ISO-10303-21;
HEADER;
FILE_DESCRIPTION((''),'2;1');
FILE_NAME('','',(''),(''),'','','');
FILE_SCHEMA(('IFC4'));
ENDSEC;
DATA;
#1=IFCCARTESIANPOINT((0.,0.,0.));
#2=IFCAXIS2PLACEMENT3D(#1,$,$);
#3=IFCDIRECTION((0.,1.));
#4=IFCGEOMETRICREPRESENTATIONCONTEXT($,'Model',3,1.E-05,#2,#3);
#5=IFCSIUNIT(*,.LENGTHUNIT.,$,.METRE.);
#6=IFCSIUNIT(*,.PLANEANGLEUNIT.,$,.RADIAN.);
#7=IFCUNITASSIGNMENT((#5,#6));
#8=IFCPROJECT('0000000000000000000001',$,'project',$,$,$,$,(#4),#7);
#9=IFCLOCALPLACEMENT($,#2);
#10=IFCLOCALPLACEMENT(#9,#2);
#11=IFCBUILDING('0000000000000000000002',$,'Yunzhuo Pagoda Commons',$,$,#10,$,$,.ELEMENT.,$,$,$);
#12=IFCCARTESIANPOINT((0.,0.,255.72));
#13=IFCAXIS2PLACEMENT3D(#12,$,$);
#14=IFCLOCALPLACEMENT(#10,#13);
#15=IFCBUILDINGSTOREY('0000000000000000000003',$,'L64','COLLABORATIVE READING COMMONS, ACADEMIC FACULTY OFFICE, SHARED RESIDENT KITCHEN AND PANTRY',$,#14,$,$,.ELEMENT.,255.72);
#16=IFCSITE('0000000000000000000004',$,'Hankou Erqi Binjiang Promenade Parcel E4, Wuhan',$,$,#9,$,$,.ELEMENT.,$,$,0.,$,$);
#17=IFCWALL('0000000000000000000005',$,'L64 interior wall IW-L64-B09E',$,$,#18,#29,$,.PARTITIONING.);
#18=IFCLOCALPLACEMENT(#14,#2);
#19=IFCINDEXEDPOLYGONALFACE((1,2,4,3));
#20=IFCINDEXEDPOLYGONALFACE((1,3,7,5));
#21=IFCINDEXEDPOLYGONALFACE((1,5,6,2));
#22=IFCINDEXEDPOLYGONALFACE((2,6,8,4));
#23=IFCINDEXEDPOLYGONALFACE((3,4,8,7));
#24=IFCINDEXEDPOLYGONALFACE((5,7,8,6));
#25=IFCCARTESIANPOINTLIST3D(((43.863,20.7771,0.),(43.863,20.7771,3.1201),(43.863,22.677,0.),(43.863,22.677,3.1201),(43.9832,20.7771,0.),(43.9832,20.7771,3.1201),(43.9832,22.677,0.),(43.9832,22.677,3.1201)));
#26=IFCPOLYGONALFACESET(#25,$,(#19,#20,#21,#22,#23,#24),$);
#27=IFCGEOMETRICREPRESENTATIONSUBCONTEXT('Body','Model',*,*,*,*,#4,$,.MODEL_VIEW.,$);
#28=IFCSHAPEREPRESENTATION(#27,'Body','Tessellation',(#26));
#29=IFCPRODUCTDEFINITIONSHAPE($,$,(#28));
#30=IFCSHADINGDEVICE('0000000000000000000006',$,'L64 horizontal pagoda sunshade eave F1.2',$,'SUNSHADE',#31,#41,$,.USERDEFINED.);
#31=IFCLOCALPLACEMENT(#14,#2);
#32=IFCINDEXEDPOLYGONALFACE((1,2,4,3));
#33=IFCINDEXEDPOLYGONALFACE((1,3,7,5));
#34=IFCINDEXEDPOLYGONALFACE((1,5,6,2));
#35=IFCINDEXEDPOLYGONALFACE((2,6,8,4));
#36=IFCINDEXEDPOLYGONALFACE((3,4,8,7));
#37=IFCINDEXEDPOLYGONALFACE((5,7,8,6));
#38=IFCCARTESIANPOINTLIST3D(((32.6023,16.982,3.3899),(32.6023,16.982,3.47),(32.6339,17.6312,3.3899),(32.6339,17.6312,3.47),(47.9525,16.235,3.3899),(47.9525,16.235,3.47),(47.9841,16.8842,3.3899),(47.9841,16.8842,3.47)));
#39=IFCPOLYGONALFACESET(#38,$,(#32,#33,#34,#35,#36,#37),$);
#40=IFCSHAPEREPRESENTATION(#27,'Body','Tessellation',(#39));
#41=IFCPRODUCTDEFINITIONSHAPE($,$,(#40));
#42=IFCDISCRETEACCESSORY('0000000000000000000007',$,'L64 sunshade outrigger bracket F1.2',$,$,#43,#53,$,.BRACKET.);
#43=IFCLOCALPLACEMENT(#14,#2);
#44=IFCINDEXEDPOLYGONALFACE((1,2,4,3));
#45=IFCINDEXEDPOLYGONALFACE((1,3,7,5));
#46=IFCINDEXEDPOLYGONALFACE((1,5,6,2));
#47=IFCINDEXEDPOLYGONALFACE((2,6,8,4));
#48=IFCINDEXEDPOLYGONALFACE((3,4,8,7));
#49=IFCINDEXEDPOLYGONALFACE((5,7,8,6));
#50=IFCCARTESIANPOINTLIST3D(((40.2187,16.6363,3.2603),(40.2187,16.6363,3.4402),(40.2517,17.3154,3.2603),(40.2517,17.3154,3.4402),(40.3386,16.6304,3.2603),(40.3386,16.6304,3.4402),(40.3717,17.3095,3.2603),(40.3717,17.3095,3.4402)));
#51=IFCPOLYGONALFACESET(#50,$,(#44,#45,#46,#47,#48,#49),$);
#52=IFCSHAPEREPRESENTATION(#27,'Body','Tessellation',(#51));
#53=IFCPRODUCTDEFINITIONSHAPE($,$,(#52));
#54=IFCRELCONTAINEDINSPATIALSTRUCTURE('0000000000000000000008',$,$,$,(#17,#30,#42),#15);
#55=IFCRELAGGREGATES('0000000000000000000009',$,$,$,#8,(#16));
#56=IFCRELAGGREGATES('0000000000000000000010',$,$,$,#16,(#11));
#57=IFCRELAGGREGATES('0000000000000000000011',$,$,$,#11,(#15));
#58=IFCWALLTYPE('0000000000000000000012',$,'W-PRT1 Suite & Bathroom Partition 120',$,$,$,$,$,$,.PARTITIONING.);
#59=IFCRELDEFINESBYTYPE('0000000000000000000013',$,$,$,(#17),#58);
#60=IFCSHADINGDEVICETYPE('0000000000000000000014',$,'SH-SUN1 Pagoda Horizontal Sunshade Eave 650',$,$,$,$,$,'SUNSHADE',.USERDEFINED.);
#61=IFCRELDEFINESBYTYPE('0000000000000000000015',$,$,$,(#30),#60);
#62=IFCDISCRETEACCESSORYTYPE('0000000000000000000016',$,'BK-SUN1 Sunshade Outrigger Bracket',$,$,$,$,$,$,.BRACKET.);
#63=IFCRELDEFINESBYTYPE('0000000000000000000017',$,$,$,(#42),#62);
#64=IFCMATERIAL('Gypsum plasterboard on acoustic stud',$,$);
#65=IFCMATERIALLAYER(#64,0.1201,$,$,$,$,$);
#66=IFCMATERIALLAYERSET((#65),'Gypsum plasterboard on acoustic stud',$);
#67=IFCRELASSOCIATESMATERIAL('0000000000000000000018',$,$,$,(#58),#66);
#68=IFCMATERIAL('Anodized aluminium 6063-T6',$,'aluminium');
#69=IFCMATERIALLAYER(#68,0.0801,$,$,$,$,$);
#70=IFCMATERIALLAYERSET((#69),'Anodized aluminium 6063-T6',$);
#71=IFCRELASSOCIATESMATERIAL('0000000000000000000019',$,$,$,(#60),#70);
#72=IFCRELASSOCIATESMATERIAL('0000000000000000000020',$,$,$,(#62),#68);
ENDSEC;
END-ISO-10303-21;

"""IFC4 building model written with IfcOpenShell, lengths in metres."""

from ifc_helpers import new_model, si_unit, direction, frame, frame_2d, origin, origin_2d, place, context, subcontext, project, spatial, rectangle, extrude, source, transform, mapped, material, layer, layer_set, type_object, element, save


model = new_model("IFC4")

# Units and contexts
model_context = context("Model", 3, precision=1e-05, world=origin(), true_north=direction((0.0, 1.0)))
body_context = subcontext(model_context, "Body", "Model", "MODEL_VIEW")
ifc_project = project(units=[si_unit("LENGTHUNIT", "METRE"), si_unit("PLANEANGLEUNIT", "RADIAN")], contexts=[model_context])

# Site, building, storey
site_placement = place(None, origin())
site = spatial("IfcSite", under=ifc_project, at=site_placement, Name="Hankou Erqi Binjiang Promenade Parcel E4, Wuhan", CompositionType="ELEMENT", RefElevation=0.0)
building_placement = place(site_placement, origin())
building = spatial("IfcBuilding", under=site, at=building_placement, Name="Yunzhuo Pagoda Commons", CompositionType="ELEMENT")
storey_placement = place(building_placement, frame((0.0, 0.0, 255.72)))
storey = spatial("IfcBuildingStorey", under=building, at=storey_placement, Name="L64", Description="COLLABORATIVE READING COMMONS, ACADEMIC FACULTY OFFICE, SHARED RESIDENT KITCHEN AND PANTRY", CompositionType="ELEMENT", Elevation=255.72)

# Shared definitions
ifc_material_1 = material(Name="Anodized aluminium 6063-T6", Category="aluminium")

# Shared definitions
ifc_material_2 = material(Name="Gypsum plasterboard on acoustic stud")
ifc_layer_1 = layer(ifc_material_2, 0.1201)
ifc_layer_set_1 = layer_set([ifc_layer_1], Name="Gypsum plasterboard on acoustic stud")
wall_type = type_object("IfcWallType", Name="W-PRT1 Suite & Bathroom Partition 120", PredefinedType="PARTITIONING", material=ifc_layer_set_1)

# Wall
wall_1_placement = place(storey_placement, frame((43.9231, 20.7771, 0.0), z_axis=(0.0, 0.0, 1.0), x_axis=(0.0, 1.0, 0.0)))
element("IfcWall", 1, at=wall_1_placement, inside=storey, type_object=wall_type, Name="L64 interior wall IW-L64-B09E", PredefinedType="PARTITIONING", context=body_context, shape_type="SweptSolid", body=[
    extrude(rectangle(XDim=1.8999, YDim=0.1201, at=frame_2d((0.95, 0.0))), origin(), (0.0, 0.0, 1.0), 3.1201),
])

# Shading device
ifc_layer_2 = layer(ifc_material_1, 0.0801)
ifc_layer_set_2 = layer_set([ifc_layer_2], Name="Anodized aluminium 6063-T6")
shading_device_type = type_object("IfcShadingDeviceType", Name="SH-SUN1 Pagoda Horizontal Sunshade Eave 650", ElementType="SUNSHADE", PredefinedType="USERDEFINED", material=ifc_layer_set_2)
shared_shape_1 = source(origin(), body_context, "Body", "SweptSolid", [
    extrude(rectangle(XDim=15.3684, YDim=0.6499, at=origin_2d()), origin(), (0.0, 0.0, 1.0), 0.0801),
])
shading_device_placement = place(storey_placement, frame((40.2932, 16.9331, 3.3899), z_axis=(0.0, 0.0, 1.0), x_axis=(0.998818, -0.048606, 0.0)))
element("IfcShadingDevice", 2, at=shading_device_placement, inside=storey, type_object=shading_device_type, Name="L64 horizontal pagoda sunshade eave F1.2", ObjectType="SUNSHADE", PredefinedType="USERDEFINED", context=body_context, shape_type="MappedRepresentation", body=[
    mapped(shared_shape_1, transform((0.0, 0.0, 0.0), scale=1.0)),
])

# Discrete accessory
discrete_accessory_type = type_object("IfcDiscreteAccessoryType", Name="BK-SUN1 Sunshade Outrigger Bracket", PredefinedType="BRACKET", material=ifc_material_1)
shared_shape_2 = source(origin(), body_context, "Body", "SweptSolid", [
    extrude(rectangle(XDim=0.1201, YDim=0.6799, at=origin_2d()), origin(), (0.0, 0.0, 1.0), 0.1799),
])
discrete_accessory_placement = place(storey_placement, frame((40.2952, 16.9729, 3.2603), z_axis=(0.0, 0.0, 1.0), x_axis=(0.998818, -0.048606, 0.0)))
element("IfcDiscreteAccessory", 3, at=discrete_accessory_placement, inside=storey, type_object=discrete_accessory_type, Name="L64 sunshade outrigger bracket F1.2", PredefinedType="BRACKET", context=body_context, shape_type="MappedRepresentation", body=[
    mapped(shared_shape_2, transform((0.0, 0.0, 0.0), scale=1.0)),
])

save(model, "model.ifc")
